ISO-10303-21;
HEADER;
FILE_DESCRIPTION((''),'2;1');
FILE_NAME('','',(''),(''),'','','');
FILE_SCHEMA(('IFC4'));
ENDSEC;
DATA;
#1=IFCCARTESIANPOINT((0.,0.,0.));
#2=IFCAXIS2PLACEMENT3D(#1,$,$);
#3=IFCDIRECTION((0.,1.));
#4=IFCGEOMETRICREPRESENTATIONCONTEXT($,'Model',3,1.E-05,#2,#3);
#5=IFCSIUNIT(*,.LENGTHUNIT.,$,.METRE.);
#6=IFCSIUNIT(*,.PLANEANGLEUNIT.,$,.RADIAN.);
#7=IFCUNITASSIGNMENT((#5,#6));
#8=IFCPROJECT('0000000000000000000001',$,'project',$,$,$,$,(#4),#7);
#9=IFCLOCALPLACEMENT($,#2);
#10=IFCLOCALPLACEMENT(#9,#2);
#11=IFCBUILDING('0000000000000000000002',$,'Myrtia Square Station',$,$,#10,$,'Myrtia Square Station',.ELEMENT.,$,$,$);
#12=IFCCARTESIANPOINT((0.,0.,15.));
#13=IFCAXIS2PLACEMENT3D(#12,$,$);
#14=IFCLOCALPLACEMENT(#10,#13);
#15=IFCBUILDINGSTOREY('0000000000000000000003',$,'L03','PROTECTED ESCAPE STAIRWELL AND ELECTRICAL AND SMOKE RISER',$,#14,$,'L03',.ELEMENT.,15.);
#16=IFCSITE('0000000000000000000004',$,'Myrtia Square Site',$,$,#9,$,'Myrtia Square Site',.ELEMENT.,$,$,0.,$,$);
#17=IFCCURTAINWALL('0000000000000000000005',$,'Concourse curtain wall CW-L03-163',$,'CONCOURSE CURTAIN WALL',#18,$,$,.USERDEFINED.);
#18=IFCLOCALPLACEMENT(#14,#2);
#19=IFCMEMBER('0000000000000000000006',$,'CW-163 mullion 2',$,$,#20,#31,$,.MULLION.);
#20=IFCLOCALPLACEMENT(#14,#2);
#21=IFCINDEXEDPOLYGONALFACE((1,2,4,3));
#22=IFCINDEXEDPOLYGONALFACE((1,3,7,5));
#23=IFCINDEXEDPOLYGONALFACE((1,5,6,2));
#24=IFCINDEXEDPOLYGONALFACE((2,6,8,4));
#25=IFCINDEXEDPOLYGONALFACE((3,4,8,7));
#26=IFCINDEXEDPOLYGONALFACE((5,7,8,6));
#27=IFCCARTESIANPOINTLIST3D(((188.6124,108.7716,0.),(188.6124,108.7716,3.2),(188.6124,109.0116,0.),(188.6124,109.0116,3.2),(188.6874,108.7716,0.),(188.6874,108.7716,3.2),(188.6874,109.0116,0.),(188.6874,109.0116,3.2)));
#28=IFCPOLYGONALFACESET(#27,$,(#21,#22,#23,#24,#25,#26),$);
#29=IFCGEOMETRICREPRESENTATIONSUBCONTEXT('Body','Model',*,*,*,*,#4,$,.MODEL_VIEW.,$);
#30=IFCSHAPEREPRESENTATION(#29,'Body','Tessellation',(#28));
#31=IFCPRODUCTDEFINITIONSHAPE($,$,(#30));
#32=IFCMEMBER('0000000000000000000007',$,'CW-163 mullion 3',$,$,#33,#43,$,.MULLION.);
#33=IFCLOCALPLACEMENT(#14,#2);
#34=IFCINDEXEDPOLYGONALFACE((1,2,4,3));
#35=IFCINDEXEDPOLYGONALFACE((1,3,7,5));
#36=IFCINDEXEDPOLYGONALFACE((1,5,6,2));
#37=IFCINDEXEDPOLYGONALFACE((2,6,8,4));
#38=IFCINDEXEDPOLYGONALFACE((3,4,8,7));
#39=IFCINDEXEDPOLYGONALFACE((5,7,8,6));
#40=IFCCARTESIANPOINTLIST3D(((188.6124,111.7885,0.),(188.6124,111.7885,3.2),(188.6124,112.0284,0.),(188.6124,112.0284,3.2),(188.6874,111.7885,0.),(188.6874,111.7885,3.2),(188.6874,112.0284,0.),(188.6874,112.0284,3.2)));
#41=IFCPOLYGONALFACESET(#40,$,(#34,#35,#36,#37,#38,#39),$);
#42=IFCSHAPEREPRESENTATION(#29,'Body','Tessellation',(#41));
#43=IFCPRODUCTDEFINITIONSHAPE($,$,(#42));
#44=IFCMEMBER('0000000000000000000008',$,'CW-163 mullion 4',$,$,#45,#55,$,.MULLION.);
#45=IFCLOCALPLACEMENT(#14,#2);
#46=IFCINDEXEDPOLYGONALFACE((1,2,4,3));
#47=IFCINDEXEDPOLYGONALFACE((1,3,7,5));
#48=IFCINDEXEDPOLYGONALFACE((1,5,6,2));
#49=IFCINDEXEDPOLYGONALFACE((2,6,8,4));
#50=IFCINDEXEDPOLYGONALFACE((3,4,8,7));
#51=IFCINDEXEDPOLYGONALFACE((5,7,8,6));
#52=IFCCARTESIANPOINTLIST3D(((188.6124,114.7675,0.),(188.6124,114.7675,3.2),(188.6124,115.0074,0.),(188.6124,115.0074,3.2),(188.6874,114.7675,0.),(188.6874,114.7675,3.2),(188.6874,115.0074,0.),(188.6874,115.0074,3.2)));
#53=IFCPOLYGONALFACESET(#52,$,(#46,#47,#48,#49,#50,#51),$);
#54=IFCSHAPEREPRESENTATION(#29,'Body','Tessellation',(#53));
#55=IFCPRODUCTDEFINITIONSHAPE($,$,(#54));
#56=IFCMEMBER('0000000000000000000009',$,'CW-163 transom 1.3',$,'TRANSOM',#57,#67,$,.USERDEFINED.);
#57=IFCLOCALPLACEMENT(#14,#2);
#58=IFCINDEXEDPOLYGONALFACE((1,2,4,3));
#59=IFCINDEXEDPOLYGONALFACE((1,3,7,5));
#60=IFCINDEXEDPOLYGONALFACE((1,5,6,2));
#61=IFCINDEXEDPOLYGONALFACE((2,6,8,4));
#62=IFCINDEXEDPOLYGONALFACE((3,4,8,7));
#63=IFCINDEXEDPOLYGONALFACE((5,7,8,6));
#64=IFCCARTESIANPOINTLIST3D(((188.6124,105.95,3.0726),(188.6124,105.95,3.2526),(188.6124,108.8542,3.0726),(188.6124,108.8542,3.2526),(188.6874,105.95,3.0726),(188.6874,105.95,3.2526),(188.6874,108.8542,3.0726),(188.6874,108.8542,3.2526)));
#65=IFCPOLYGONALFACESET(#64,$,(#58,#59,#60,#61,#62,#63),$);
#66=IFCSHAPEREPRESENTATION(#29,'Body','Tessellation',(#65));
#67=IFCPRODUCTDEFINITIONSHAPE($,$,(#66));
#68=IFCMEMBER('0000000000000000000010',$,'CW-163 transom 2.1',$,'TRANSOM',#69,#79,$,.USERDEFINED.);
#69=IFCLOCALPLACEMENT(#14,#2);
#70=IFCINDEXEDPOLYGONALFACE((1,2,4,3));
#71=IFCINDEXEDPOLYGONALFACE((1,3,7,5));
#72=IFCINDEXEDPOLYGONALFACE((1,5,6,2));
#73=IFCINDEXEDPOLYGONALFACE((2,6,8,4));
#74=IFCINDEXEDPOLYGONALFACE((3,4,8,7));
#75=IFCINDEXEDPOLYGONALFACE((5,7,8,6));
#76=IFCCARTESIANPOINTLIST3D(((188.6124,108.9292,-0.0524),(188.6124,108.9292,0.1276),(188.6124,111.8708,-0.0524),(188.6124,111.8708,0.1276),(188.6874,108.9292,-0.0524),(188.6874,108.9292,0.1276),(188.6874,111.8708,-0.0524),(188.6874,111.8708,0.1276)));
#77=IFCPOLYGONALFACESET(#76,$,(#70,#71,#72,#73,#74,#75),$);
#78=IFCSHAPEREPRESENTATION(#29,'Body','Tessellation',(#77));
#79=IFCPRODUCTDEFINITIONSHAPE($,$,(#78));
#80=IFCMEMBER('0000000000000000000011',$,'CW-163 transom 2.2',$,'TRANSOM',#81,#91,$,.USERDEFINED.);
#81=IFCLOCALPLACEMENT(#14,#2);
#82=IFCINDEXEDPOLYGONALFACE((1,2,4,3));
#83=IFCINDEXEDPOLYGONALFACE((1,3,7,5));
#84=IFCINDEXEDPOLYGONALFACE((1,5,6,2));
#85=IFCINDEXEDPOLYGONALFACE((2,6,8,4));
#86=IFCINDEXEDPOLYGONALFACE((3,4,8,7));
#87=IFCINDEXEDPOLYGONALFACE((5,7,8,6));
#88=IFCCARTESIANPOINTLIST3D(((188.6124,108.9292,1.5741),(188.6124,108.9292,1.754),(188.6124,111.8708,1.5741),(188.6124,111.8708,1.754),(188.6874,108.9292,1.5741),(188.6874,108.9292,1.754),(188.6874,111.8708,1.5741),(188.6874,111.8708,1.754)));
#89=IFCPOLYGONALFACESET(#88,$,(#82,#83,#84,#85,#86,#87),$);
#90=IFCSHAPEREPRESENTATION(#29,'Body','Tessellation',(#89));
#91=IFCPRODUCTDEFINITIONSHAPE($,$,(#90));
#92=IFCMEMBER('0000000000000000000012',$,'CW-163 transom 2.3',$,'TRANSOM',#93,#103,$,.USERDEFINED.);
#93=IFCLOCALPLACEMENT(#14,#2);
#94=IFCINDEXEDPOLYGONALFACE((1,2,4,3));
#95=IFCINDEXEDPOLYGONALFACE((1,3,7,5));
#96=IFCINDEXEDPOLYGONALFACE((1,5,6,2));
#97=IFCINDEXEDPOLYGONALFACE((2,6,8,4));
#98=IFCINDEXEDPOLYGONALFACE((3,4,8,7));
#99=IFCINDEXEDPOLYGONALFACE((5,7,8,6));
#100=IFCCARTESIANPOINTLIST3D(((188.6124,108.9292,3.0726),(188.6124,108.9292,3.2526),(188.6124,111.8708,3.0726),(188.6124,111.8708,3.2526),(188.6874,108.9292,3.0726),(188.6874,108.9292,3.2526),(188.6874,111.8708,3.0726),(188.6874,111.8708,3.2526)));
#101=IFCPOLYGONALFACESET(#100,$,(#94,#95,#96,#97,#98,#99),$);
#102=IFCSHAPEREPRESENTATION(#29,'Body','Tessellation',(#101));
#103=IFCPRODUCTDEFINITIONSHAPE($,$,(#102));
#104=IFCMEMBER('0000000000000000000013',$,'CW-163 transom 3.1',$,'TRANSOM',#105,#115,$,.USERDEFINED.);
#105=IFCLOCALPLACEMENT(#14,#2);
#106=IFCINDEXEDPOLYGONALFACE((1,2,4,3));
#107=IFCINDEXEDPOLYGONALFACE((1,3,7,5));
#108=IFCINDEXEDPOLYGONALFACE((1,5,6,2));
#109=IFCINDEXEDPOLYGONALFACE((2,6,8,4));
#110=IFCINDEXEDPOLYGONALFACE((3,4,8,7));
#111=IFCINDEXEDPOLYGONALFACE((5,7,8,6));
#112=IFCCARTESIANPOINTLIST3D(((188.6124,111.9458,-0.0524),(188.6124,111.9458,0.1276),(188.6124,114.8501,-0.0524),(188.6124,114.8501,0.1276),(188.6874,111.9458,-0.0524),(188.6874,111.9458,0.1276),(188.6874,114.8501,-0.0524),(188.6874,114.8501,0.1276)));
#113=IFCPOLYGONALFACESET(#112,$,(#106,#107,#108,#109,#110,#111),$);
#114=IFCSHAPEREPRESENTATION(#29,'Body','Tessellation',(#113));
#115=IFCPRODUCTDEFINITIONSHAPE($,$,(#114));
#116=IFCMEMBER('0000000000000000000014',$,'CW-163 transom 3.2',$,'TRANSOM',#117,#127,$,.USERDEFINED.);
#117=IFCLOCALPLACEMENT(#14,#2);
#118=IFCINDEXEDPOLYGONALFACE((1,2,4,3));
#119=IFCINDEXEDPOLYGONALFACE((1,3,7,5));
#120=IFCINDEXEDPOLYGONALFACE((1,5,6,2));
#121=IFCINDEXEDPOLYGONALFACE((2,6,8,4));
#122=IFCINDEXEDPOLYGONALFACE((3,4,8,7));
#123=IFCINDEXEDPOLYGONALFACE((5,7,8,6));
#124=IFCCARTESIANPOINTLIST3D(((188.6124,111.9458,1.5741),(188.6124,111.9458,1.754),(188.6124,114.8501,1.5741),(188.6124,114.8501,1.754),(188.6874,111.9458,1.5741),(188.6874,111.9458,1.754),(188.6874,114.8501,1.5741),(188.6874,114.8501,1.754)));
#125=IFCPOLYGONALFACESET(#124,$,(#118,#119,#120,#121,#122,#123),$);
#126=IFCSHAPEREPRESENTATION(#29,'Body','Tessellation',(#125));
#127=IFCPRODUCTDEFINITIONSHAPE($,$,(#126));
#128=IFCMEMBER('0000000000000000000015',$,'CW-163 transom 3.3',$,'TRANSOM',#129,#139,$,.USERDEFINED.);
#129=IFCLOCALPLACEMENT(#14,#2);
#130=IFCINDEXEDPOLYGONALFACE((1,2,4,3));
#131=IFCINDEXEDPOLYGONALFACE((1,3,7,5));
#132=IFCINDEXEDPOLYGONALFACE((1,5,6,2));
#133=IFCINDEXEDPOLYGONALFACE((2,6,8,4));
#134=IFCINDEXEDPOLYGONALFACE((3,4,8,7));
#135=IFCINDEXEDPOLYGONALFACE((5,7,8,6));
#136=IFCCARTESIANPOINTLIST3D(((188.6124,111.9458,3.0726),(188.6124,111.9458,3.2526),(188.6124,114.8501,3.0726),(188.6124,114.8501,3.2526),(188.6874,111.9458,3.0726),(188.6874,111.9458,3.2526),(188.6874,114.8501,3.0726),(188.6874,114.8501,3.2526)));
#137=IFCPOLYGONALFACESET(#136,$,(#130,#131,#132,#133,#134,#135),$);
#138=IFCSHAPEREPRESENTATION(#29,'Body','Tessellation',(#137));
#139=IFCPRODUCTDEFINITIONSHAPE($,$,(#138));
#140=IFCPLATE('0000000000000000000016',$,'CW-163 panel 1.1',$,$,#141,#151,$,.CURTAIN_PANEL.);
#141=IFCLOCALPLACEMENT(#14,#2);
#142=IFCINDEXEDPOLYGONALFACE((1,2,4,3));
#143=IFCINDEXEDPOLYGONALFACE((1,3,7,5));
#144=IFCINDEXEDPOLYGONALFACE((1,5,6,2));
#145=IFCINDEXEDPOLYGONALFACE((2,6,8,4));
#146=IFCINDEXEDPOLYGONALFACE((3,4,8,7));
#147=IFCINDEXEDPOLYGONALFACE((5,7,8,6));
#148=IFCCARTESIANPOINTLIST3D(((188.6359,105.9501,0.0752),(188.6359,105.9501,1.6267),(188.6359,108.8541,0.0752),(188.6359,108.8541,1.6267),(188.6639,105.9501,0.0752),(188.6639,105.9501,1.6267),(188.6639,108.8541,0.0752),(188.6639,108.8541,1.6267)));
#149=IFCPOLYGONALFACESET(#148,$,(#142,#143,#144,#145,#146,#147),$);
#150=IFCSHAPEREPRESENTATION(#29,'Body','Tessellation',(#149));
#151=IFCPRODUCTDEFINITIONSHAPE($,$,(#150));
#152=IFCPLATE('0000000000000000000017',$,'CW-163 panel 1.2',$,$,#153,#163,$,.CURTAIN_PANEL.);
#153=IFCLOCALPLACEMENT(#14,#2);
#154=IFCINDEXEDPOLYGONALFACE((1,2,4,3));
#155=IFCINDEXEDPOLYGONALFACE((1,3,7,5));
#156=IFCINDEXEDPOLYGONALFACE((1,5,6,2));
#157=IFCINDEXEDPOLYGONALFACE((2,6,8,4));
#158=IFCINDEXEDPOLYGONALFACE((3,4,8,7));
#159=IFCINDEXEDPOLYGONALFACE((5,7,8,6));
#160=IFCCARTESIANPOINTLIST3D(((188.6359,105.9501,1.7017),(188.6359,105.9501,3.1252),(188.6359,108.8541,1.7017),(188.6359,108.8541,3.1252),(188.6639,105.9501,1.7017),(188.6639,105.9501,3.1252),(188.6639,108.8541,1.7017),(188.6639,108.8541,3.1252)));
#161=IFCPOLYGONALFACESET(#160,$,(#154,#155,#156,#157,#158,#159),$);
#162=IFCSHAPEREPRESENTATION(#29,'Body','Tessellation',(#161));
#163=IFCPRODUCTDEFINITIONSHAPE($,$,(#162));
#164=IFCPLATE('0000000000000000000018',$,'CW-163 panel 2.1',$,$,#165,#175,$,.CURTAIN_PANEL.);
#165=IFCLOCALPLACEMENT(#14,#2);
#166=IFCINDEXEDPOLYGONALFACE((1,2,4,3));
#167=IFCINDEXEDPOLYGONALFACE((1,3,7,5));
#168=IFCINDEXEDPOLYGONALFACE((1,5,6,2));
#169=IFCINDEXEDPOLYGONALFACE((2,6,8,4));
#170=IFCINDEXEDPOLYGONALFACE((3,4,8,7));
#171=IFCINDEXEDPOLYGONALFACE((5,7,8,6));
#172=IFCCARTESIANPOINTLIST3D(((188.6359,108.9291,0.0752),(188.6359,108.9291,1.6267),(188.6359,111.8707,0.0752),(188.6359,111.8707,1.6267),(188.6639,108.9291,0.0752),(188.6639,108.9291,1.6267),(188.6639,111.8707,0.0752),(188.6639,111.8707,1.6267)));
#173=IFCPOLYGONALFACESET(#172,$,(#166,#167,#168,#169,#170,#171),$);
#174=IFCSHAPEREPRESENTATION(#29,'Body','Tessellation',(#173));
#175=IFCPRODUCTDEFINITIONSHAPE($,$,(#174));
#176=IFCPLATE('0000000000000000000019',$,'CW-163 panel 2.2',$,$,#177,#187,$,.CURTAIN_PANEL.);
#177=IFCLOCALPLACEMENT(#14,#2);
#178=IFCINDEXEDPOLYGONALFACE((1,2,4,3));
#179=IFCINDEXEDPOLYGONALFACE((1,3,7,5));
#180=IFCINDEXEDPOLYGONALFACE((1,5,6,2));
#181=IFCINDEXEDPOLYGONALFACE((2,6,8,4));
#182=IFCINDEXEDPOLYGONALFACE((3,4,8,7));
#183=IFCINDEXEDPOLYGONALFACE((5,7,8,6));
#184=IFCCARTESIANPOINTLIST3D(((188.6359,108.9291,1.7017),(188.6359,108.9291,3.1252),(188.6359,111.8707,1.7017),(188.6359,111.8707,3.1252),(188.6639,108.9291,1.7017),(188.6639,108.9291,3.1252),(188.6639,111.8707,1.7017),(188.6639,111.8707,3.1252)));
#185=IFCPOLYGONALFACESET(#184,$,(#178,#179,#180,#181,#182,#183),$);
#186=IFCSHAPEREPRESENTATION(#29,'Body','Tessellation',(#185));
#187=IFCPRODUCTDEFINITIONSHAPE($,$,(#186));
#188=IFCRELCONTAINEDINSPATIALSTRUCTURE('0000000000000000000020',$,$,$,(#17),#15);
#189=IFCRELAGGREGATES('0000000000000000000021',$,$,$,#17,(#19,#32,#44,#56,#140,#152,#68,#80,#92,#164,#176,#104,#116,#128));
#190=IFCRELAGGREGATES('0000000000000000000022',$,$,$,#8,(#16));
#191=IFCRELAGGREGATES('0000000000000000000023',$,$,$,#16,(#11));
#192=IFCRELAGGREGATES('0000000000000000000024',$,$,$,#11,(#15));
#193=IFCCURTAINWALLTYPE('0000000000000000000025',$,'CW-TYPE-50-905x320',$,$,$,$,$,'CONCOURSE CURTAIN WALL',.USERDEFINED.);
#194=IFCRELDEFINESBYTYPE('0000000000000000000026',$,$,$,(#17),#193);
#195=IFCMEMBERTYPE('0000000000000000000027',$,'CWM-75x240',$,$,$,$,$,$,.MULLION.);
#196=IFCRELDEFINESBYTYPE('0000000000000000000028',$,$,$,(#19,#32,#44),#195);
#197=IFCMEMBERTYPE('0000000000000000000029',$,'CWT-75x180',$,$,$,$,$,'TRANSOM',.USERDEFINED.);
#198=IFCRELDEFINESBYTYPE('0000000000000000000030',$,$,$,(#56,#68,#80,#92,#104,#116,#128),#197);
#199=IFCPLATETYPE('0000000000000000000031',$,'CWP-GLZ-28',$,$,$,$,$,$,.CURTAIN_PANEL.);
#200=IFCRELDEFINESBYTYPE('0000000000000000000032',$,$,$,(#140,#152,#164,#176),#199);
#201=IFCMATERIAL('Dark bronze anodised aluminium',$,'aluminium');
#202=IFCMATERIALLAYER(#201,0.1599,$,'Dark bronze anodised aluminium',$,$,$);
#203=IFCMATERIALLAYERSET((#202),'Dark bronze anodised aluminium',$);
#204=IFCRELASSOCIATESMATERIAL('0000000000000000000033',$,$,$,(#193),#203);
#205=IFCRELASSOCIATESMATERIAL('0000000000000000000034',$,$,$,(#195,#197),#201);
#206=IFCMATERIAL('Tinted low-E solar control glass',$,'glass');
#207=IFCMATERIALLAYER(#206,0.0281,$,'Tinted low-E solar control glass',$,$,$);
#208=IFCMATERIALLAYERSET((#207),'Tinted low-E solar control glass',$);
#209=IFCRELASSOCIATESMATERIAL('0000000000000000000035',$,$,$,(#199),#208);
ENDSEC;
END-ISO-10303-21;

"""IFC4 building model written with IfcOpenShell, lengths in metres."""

from ifc_helpers import new_model, si_unit, direction, frame, origin, origin_2d, place, context, subcontext, project, spatial, rectangle, extrude, material, layer, layer_set, material_profile, profile_set, type_object, element, aggregate, save


model = new_model("IFC4")

# Units and contexts
model_context = context("Model", 3, precision=1e-05, world=origin(), true_north=direction((0.0, 1.0)))
body_context = subcontext(model_context, "Body", "Model", "MODEL_VIEW")
ifc_project = project(units=[si_unit("LENGTHUNIT", "METRE"), si_unit("PLANEANGLEUNIT", "RADIAN")], contexts=[model_context])

# Site, building, storey
site_placement = place(None, origin())
site = spatial("IfcSite", under=ifc_project, at=site_placement, Name="Myrtia Square Site", LongName="Myrtia Square Site", CompositionType="ELEMENT", RefElevation=0.0)
building_placement = place(site_placement, origin())
building = spatial("IfcBuilding", under=site, at=building_placement, Name="Myrtia Square Station", LongName="Myrtia Square Station", CompositionType="ELEMENT")
storey_placement = place(building_placement, frame((0.0, 0.0, 15.0)))
storey = spatial("IfcBuildingStorey", under=building, at=storey_placement, Name="L03", Description="PROTECTED ESCAPE STAIRWELL AND ELECTRICAL AND SMOKE RISER", LongName="L03", CompositionType="ELEMENT", Elevation=15.0)

# Curtain wall, members, plates
ifc_material_1 = material(Name="Dark bronze anodised aluminium", Category="aluminium")
ifc_layer_1 = layer(ifc_material_1, 0.1599, Name="Dark bronze anodised aluminium")
ifc_layer_set_1 = layer_set([ifc_layer_1], Name="Dark bronze anodised aluminium")
curtain_wall_type = type_object("IfcCurtainWallType", Name="CW-TYPE-50-905x320", ElementType="CONCOURSE CURTAIN WALL", PredefinedType="USERDEFINED", material=ifc_layer_set_1)
curtain_wall_placement = place(storey_placement, origin())
curtain_wall = element("IfcCurtainWall", 1, at=curtain_wall_placement, inside=storey, type_object=curtain_wall_type, Name="Concourse curtain wall CW-L03-163", ObjectType="CONCOURSE CURTAIN WALL", PredefinedType="USERDEFINED")
ifc_material_profile_1 = material_profile(ifc_material_1, rectangle(XDim=0.075, YDim=0.24, at=origin_2d()), Name="ALU-M 75x240")
ifc_profile_set_1 = profile_set([ifc_material_profile_1], Name="Dark bronze anodised aluminium")
member_type_1 = type_object("IfcMemberType", Name="CWM-75x240", PredefinedType="MULLION", material=ifc_profile_set_1)
member_1_placement = place(storey_placement, frame((188.6499, 108.8916, 0.0), z_axis=(0.0, 0.0, 1.0), x_axis=(-1.0, 0.0, 0.0)))
member_1 = element("IfcMember", 2, at=member_1_placement, type_object=member_type_1, Name="CW-163 mullion 2", PredefinedType="MULLION", context=body_context, shape_type="SweptSolid", body=[
    extrude(rectangle(XDim=0.075, YDim=0.24, at=origin_2d()), origin(), (0.0, 0.0, 1.0), 3.2),
])
member_2_placement = place(storey_placement, frame((188.6499, 111.9084, 0.0), z_axis=(0.0, 0.0, 1.0), x_axis=(-1.0, 0.0, 0.0)))
member_2 = element("IfcMember", 3, at=member_2_placement, type_object=member_type_1, Name="CW-163 mullion 3", PredefinedType="MULLION", context=body_context, shape_type="SweptSolid", body=[
    extrude(rectangle(XDim=0.075, YDim=0.24, at=origin_2d()), origin(), (0.0, 0.0, 1.0), 3.2),
])
member_3_placement = place(storey_placement, frame((188.6499, 114.8875, 0.0), z_axis=(0.0, 0.0, 1.0), x_axis=(-1.0, 0.0, 0.0)))
member_3 = element("IfcMember", 4, at=member_3_placement, type_object=member_type_1, Name="CW-163 mullion 4", PredefinedType="MULLION", context=body_context, shape_type="SweptSolid", body=[
    extrude(rectangle(XDim=0.075, YDim=0.24, at=origin_2d()), origin(), (0.0, 0.0, 1.0), 3.2),
])
ifc_material_profile_2 = material_profile(ifc_material_1, rectangle(XDim=0.075, YDim=0.1799, at=origin_2d()), Name="ALU-T 75x180")
ifc_profile_set_2 = profile_set([ifc_material_profile_2], Name="Dark bronze anodised aluminium")
member_type_2 = type_object("IfcMemberType", Name="CWT-75x180", ElementType="TRANSOM", PredefinedType="USERDEFINED", material=ifc_profile_set_2)
member_4_placement = place(storey_placement, frame((188.6499, 105.95, 3.1626), z_axis=(0.0, 1.0, 0.0), x_axis=(-1.0, 0.0, 0.0)))
member_4 = element("IfcMember", 5, at=member_4_placement, type_object=member_type_2, Name="CW-163 transom 1.3", ObjectType="TRANSOM", PredefinedType="USERDEFINED", context=body_context, shape_type="SweptSolid", body=[
    extrude(rectangle(XDim=0.075, YDim=0.1799, at=origin_2d()), origin(), (0.0, 0.0, 1.0), 2.9043),
])
member_5_placement = place(storey_placement, frame((188.6499, 108.9292, 0.0376), z_axis=(0.0, 1.0, 0.0), x_axis=(-1.0, 0.0, 0.0)))
member_5 = element("IfcMember", 6, at=member_5_placement, type_object=member_type_2, Name="CW-163 transom 2.1", ObjectType="TRANSOM", PredefinedType="USERDEFINED", context=body_context, shape_type="SweptSolid", body=[
    extrude(rectangle(XDim=0.075, YDim=0.1799, at=origin_2d()), origin(), (0.0, 0.0, 1.0), 2.9417),
])
member_6_placement = place(storey_placement, frame((188.6499, 108.9292, 1.6641), z_axis=(0.0, 1.0, 0.0), x_axis=(-1.0, 0.0, 0.0)))
member_6 = element("IfcMember", 7, at=member_6_placement, type_object=member_type_2, Name="CW-163 transom 2.2", ObjectType="TRANSOM", PredefinedType="USERDEFINED", context=body_context, shape_type="SweptSolid", body=[
    extrude(rectangle(XDim=0.075, YDim=0.1799, at=origin_2d()), origin(), (0.0, 0.0, 1.0), 2.9417),
])
member_7_placement = place(storey_placement, frame((188.6499, 108.9292, 3.1626), z_axis=(0.0, 1.0, 0.0), x_axis=(-1.0, 0.0, 0.0)))
member_7 = element("IfcMember", 8, at=member_7_placement, type_object=member_type_2, Name="CW-163 transom 2.3", ObjectType="TRANSOM", PredefinedType="USERDEFINED", context=body_context, shape_type="SweptSolid", body=[
    extrude(rectangle(XDim=0.075, YDim=0.1799, at=origin_2d()), origin(), (0.0, 0.0, 1.0), 2.9417),
])
member_8_placement = place(storey_placement, frame((188.6499, 111.9458, 0.0376), z_axis=(0.0, 1.0, 0.0), x_axis=(-1.0, 0.0, 0.0)))
member_8 = element("IfcMember", 9, at=member_8_placement, type_object=member_type_2, Name="CW-163 transom 3.1", ObjectType="TRANSOM", PredefinedType="USERDEFINED", context=body_context, shape_type="SweptSolid", body=[
    extrude(rectangle(XDim=0.075, YDim=0.1799, at=origin_2d()), origin(), (0.0, 0.0, 1.0), 2.9043),
])
member_9_placement = place(storey_placement, frame((188.6499, 111.9458, 1.6641), z_axis=(0.0, 1.0, 0.0), x_axis=(-1.0, 0.0, 0.0)))
member_9 = element("IfcMember", 10, at=member_9_placement, type_object=member_type_2, Name="CW-163 transom 3.2", ObjectType="TRANSOM", PredefinedType="USERDEFINED", context=body_context, shape_type="SweptSolid", body=[
    extrude(rectangle(XDim=0.075, YDim=0.1799, at=origin_2d()), origin(), (0.0, 0.0, 1.0), 2.9043),
])
member_10_placement = place(storey_placement, frame((188.6499, 111.9458, 3.1626), z_axis=(0.0, 1.0, 0.0), x_axis=(-1.0, 0.0, 0.0)))
member_10 = element("IfcMember", 11, at=member_10_placement, type_object=member_type_2, Name="CW-163 transom 3.3", ObjectType="TRANSOM", PredefinedType="USERDEFINED", context=body_context, shape_type="SweptSolid", body=[
    extrude(rectangle(XDim=0.075, YDim=0.1799, at=origin_2d()), origin(), (0.0, 0.0, 1.0), 2.9043),
])
ifc_material_2 = material(Name="Tinted low-E solar control glass", Category="glass")
ifc_layer_2 = layer(ifc_material_2, 0.0281, Name="Tinted low-E solar control glass")
ifc_layer_set_2 = layer_set([ifc_layer_2], Name="Tinted low-E solar control glass")
plate_type = type_object("IfcPlateType", Name="CWP-GLZ-28", PredefinedType="CURTAIN_PANEL", material=ifc_layer_set_2)
plate_1_placement = place(storey_placement, frame((188.6499, 107.4021, 0.0752), z_axis=(0.0, 0.0, 1.0), x_axis=(0.0, 1.0, 0.0)))
plate_1 = element("IfcPlate", 12, at=plate_1_placement, type_object=plate_type, Name="CW-163 panel 1.1", PredefinedType="CURTAIN_PANEL", context=body_context, shape_type="SweptSolid", body=[
    extrude(rectangle(XDim=2.9041, YDim=0.0281, at=origin_2d()), origin(), (0.0, 0.0, 1.0), 1.5515),
])
plate_2_placement = place(storey_placement, frame((188.6499, 107.4021, 1.7017), z_axis=(0.0, 0.0, 1.0), x_axis=(0.0, 1.0, 0.0)))
plate_2 = element("IfcPlate", 13, at=plate_2_placement, type_object=plate_type, Name="CW-163 panel 1.2", PredefinedType="CURTAIN_PANEL", context=body_context, shape_type="SweptSolid", body=[
    extrude(rectangle(XDim=2.9041, YDim=0.0281, at=origin_2d()), origin(), (0.0, 0.0, 1.0), 1.4236),
])
plate_3_placement = place(storey_placement, frame((188.6499, 110.3999, 0.0752), z_axis=(0.0, 0.0, 1.0), x_axis=(0.0, 1.0, 0.0)))
plate_3 = element("IfcPlate", 14, at=plate_3_placement, type_object=plate_type, Name="CW-163 panel 2.1", PredefinedType="CURTAIN_PANEL", context=body_context, shape_type="SweptSolid", body=[
    extrude(rectangle(XDim=2.9417, YDim=0.0281, at=origin_2d()), origin(), (0.0, 0.0, 1.0), 1.5515),
])
plate_4_placement = place(storey_placement, frame((188.6499, 110.3999, 1.7017), z_axis=(0.0, 0.0, 1.0), x_axis=(0.0, 1.0, 0.0)))
plate_4 = element("IfcPlate", 15, at=plate_4_placement, type_object=plate_type, Name="CW-163 panel 2.2", PredefinedType="CURTAIN_PANEL", context=body_context, shape_type="SweptSolid", body=[
    extrude(rectangle(XDim=2.9417, YDim=0.0281, at=origin_2d()), origin(), (0.0, 0.0, 1.0), 1.4236),
])
aggregate(curtain_wall, [member_1, member_2, member_3, member_4, plate_1, plate_2, member_5, member_6, member_7, plate_3, plate_4, member_8, member_9, member_10])

save(model, "model.ifc")
